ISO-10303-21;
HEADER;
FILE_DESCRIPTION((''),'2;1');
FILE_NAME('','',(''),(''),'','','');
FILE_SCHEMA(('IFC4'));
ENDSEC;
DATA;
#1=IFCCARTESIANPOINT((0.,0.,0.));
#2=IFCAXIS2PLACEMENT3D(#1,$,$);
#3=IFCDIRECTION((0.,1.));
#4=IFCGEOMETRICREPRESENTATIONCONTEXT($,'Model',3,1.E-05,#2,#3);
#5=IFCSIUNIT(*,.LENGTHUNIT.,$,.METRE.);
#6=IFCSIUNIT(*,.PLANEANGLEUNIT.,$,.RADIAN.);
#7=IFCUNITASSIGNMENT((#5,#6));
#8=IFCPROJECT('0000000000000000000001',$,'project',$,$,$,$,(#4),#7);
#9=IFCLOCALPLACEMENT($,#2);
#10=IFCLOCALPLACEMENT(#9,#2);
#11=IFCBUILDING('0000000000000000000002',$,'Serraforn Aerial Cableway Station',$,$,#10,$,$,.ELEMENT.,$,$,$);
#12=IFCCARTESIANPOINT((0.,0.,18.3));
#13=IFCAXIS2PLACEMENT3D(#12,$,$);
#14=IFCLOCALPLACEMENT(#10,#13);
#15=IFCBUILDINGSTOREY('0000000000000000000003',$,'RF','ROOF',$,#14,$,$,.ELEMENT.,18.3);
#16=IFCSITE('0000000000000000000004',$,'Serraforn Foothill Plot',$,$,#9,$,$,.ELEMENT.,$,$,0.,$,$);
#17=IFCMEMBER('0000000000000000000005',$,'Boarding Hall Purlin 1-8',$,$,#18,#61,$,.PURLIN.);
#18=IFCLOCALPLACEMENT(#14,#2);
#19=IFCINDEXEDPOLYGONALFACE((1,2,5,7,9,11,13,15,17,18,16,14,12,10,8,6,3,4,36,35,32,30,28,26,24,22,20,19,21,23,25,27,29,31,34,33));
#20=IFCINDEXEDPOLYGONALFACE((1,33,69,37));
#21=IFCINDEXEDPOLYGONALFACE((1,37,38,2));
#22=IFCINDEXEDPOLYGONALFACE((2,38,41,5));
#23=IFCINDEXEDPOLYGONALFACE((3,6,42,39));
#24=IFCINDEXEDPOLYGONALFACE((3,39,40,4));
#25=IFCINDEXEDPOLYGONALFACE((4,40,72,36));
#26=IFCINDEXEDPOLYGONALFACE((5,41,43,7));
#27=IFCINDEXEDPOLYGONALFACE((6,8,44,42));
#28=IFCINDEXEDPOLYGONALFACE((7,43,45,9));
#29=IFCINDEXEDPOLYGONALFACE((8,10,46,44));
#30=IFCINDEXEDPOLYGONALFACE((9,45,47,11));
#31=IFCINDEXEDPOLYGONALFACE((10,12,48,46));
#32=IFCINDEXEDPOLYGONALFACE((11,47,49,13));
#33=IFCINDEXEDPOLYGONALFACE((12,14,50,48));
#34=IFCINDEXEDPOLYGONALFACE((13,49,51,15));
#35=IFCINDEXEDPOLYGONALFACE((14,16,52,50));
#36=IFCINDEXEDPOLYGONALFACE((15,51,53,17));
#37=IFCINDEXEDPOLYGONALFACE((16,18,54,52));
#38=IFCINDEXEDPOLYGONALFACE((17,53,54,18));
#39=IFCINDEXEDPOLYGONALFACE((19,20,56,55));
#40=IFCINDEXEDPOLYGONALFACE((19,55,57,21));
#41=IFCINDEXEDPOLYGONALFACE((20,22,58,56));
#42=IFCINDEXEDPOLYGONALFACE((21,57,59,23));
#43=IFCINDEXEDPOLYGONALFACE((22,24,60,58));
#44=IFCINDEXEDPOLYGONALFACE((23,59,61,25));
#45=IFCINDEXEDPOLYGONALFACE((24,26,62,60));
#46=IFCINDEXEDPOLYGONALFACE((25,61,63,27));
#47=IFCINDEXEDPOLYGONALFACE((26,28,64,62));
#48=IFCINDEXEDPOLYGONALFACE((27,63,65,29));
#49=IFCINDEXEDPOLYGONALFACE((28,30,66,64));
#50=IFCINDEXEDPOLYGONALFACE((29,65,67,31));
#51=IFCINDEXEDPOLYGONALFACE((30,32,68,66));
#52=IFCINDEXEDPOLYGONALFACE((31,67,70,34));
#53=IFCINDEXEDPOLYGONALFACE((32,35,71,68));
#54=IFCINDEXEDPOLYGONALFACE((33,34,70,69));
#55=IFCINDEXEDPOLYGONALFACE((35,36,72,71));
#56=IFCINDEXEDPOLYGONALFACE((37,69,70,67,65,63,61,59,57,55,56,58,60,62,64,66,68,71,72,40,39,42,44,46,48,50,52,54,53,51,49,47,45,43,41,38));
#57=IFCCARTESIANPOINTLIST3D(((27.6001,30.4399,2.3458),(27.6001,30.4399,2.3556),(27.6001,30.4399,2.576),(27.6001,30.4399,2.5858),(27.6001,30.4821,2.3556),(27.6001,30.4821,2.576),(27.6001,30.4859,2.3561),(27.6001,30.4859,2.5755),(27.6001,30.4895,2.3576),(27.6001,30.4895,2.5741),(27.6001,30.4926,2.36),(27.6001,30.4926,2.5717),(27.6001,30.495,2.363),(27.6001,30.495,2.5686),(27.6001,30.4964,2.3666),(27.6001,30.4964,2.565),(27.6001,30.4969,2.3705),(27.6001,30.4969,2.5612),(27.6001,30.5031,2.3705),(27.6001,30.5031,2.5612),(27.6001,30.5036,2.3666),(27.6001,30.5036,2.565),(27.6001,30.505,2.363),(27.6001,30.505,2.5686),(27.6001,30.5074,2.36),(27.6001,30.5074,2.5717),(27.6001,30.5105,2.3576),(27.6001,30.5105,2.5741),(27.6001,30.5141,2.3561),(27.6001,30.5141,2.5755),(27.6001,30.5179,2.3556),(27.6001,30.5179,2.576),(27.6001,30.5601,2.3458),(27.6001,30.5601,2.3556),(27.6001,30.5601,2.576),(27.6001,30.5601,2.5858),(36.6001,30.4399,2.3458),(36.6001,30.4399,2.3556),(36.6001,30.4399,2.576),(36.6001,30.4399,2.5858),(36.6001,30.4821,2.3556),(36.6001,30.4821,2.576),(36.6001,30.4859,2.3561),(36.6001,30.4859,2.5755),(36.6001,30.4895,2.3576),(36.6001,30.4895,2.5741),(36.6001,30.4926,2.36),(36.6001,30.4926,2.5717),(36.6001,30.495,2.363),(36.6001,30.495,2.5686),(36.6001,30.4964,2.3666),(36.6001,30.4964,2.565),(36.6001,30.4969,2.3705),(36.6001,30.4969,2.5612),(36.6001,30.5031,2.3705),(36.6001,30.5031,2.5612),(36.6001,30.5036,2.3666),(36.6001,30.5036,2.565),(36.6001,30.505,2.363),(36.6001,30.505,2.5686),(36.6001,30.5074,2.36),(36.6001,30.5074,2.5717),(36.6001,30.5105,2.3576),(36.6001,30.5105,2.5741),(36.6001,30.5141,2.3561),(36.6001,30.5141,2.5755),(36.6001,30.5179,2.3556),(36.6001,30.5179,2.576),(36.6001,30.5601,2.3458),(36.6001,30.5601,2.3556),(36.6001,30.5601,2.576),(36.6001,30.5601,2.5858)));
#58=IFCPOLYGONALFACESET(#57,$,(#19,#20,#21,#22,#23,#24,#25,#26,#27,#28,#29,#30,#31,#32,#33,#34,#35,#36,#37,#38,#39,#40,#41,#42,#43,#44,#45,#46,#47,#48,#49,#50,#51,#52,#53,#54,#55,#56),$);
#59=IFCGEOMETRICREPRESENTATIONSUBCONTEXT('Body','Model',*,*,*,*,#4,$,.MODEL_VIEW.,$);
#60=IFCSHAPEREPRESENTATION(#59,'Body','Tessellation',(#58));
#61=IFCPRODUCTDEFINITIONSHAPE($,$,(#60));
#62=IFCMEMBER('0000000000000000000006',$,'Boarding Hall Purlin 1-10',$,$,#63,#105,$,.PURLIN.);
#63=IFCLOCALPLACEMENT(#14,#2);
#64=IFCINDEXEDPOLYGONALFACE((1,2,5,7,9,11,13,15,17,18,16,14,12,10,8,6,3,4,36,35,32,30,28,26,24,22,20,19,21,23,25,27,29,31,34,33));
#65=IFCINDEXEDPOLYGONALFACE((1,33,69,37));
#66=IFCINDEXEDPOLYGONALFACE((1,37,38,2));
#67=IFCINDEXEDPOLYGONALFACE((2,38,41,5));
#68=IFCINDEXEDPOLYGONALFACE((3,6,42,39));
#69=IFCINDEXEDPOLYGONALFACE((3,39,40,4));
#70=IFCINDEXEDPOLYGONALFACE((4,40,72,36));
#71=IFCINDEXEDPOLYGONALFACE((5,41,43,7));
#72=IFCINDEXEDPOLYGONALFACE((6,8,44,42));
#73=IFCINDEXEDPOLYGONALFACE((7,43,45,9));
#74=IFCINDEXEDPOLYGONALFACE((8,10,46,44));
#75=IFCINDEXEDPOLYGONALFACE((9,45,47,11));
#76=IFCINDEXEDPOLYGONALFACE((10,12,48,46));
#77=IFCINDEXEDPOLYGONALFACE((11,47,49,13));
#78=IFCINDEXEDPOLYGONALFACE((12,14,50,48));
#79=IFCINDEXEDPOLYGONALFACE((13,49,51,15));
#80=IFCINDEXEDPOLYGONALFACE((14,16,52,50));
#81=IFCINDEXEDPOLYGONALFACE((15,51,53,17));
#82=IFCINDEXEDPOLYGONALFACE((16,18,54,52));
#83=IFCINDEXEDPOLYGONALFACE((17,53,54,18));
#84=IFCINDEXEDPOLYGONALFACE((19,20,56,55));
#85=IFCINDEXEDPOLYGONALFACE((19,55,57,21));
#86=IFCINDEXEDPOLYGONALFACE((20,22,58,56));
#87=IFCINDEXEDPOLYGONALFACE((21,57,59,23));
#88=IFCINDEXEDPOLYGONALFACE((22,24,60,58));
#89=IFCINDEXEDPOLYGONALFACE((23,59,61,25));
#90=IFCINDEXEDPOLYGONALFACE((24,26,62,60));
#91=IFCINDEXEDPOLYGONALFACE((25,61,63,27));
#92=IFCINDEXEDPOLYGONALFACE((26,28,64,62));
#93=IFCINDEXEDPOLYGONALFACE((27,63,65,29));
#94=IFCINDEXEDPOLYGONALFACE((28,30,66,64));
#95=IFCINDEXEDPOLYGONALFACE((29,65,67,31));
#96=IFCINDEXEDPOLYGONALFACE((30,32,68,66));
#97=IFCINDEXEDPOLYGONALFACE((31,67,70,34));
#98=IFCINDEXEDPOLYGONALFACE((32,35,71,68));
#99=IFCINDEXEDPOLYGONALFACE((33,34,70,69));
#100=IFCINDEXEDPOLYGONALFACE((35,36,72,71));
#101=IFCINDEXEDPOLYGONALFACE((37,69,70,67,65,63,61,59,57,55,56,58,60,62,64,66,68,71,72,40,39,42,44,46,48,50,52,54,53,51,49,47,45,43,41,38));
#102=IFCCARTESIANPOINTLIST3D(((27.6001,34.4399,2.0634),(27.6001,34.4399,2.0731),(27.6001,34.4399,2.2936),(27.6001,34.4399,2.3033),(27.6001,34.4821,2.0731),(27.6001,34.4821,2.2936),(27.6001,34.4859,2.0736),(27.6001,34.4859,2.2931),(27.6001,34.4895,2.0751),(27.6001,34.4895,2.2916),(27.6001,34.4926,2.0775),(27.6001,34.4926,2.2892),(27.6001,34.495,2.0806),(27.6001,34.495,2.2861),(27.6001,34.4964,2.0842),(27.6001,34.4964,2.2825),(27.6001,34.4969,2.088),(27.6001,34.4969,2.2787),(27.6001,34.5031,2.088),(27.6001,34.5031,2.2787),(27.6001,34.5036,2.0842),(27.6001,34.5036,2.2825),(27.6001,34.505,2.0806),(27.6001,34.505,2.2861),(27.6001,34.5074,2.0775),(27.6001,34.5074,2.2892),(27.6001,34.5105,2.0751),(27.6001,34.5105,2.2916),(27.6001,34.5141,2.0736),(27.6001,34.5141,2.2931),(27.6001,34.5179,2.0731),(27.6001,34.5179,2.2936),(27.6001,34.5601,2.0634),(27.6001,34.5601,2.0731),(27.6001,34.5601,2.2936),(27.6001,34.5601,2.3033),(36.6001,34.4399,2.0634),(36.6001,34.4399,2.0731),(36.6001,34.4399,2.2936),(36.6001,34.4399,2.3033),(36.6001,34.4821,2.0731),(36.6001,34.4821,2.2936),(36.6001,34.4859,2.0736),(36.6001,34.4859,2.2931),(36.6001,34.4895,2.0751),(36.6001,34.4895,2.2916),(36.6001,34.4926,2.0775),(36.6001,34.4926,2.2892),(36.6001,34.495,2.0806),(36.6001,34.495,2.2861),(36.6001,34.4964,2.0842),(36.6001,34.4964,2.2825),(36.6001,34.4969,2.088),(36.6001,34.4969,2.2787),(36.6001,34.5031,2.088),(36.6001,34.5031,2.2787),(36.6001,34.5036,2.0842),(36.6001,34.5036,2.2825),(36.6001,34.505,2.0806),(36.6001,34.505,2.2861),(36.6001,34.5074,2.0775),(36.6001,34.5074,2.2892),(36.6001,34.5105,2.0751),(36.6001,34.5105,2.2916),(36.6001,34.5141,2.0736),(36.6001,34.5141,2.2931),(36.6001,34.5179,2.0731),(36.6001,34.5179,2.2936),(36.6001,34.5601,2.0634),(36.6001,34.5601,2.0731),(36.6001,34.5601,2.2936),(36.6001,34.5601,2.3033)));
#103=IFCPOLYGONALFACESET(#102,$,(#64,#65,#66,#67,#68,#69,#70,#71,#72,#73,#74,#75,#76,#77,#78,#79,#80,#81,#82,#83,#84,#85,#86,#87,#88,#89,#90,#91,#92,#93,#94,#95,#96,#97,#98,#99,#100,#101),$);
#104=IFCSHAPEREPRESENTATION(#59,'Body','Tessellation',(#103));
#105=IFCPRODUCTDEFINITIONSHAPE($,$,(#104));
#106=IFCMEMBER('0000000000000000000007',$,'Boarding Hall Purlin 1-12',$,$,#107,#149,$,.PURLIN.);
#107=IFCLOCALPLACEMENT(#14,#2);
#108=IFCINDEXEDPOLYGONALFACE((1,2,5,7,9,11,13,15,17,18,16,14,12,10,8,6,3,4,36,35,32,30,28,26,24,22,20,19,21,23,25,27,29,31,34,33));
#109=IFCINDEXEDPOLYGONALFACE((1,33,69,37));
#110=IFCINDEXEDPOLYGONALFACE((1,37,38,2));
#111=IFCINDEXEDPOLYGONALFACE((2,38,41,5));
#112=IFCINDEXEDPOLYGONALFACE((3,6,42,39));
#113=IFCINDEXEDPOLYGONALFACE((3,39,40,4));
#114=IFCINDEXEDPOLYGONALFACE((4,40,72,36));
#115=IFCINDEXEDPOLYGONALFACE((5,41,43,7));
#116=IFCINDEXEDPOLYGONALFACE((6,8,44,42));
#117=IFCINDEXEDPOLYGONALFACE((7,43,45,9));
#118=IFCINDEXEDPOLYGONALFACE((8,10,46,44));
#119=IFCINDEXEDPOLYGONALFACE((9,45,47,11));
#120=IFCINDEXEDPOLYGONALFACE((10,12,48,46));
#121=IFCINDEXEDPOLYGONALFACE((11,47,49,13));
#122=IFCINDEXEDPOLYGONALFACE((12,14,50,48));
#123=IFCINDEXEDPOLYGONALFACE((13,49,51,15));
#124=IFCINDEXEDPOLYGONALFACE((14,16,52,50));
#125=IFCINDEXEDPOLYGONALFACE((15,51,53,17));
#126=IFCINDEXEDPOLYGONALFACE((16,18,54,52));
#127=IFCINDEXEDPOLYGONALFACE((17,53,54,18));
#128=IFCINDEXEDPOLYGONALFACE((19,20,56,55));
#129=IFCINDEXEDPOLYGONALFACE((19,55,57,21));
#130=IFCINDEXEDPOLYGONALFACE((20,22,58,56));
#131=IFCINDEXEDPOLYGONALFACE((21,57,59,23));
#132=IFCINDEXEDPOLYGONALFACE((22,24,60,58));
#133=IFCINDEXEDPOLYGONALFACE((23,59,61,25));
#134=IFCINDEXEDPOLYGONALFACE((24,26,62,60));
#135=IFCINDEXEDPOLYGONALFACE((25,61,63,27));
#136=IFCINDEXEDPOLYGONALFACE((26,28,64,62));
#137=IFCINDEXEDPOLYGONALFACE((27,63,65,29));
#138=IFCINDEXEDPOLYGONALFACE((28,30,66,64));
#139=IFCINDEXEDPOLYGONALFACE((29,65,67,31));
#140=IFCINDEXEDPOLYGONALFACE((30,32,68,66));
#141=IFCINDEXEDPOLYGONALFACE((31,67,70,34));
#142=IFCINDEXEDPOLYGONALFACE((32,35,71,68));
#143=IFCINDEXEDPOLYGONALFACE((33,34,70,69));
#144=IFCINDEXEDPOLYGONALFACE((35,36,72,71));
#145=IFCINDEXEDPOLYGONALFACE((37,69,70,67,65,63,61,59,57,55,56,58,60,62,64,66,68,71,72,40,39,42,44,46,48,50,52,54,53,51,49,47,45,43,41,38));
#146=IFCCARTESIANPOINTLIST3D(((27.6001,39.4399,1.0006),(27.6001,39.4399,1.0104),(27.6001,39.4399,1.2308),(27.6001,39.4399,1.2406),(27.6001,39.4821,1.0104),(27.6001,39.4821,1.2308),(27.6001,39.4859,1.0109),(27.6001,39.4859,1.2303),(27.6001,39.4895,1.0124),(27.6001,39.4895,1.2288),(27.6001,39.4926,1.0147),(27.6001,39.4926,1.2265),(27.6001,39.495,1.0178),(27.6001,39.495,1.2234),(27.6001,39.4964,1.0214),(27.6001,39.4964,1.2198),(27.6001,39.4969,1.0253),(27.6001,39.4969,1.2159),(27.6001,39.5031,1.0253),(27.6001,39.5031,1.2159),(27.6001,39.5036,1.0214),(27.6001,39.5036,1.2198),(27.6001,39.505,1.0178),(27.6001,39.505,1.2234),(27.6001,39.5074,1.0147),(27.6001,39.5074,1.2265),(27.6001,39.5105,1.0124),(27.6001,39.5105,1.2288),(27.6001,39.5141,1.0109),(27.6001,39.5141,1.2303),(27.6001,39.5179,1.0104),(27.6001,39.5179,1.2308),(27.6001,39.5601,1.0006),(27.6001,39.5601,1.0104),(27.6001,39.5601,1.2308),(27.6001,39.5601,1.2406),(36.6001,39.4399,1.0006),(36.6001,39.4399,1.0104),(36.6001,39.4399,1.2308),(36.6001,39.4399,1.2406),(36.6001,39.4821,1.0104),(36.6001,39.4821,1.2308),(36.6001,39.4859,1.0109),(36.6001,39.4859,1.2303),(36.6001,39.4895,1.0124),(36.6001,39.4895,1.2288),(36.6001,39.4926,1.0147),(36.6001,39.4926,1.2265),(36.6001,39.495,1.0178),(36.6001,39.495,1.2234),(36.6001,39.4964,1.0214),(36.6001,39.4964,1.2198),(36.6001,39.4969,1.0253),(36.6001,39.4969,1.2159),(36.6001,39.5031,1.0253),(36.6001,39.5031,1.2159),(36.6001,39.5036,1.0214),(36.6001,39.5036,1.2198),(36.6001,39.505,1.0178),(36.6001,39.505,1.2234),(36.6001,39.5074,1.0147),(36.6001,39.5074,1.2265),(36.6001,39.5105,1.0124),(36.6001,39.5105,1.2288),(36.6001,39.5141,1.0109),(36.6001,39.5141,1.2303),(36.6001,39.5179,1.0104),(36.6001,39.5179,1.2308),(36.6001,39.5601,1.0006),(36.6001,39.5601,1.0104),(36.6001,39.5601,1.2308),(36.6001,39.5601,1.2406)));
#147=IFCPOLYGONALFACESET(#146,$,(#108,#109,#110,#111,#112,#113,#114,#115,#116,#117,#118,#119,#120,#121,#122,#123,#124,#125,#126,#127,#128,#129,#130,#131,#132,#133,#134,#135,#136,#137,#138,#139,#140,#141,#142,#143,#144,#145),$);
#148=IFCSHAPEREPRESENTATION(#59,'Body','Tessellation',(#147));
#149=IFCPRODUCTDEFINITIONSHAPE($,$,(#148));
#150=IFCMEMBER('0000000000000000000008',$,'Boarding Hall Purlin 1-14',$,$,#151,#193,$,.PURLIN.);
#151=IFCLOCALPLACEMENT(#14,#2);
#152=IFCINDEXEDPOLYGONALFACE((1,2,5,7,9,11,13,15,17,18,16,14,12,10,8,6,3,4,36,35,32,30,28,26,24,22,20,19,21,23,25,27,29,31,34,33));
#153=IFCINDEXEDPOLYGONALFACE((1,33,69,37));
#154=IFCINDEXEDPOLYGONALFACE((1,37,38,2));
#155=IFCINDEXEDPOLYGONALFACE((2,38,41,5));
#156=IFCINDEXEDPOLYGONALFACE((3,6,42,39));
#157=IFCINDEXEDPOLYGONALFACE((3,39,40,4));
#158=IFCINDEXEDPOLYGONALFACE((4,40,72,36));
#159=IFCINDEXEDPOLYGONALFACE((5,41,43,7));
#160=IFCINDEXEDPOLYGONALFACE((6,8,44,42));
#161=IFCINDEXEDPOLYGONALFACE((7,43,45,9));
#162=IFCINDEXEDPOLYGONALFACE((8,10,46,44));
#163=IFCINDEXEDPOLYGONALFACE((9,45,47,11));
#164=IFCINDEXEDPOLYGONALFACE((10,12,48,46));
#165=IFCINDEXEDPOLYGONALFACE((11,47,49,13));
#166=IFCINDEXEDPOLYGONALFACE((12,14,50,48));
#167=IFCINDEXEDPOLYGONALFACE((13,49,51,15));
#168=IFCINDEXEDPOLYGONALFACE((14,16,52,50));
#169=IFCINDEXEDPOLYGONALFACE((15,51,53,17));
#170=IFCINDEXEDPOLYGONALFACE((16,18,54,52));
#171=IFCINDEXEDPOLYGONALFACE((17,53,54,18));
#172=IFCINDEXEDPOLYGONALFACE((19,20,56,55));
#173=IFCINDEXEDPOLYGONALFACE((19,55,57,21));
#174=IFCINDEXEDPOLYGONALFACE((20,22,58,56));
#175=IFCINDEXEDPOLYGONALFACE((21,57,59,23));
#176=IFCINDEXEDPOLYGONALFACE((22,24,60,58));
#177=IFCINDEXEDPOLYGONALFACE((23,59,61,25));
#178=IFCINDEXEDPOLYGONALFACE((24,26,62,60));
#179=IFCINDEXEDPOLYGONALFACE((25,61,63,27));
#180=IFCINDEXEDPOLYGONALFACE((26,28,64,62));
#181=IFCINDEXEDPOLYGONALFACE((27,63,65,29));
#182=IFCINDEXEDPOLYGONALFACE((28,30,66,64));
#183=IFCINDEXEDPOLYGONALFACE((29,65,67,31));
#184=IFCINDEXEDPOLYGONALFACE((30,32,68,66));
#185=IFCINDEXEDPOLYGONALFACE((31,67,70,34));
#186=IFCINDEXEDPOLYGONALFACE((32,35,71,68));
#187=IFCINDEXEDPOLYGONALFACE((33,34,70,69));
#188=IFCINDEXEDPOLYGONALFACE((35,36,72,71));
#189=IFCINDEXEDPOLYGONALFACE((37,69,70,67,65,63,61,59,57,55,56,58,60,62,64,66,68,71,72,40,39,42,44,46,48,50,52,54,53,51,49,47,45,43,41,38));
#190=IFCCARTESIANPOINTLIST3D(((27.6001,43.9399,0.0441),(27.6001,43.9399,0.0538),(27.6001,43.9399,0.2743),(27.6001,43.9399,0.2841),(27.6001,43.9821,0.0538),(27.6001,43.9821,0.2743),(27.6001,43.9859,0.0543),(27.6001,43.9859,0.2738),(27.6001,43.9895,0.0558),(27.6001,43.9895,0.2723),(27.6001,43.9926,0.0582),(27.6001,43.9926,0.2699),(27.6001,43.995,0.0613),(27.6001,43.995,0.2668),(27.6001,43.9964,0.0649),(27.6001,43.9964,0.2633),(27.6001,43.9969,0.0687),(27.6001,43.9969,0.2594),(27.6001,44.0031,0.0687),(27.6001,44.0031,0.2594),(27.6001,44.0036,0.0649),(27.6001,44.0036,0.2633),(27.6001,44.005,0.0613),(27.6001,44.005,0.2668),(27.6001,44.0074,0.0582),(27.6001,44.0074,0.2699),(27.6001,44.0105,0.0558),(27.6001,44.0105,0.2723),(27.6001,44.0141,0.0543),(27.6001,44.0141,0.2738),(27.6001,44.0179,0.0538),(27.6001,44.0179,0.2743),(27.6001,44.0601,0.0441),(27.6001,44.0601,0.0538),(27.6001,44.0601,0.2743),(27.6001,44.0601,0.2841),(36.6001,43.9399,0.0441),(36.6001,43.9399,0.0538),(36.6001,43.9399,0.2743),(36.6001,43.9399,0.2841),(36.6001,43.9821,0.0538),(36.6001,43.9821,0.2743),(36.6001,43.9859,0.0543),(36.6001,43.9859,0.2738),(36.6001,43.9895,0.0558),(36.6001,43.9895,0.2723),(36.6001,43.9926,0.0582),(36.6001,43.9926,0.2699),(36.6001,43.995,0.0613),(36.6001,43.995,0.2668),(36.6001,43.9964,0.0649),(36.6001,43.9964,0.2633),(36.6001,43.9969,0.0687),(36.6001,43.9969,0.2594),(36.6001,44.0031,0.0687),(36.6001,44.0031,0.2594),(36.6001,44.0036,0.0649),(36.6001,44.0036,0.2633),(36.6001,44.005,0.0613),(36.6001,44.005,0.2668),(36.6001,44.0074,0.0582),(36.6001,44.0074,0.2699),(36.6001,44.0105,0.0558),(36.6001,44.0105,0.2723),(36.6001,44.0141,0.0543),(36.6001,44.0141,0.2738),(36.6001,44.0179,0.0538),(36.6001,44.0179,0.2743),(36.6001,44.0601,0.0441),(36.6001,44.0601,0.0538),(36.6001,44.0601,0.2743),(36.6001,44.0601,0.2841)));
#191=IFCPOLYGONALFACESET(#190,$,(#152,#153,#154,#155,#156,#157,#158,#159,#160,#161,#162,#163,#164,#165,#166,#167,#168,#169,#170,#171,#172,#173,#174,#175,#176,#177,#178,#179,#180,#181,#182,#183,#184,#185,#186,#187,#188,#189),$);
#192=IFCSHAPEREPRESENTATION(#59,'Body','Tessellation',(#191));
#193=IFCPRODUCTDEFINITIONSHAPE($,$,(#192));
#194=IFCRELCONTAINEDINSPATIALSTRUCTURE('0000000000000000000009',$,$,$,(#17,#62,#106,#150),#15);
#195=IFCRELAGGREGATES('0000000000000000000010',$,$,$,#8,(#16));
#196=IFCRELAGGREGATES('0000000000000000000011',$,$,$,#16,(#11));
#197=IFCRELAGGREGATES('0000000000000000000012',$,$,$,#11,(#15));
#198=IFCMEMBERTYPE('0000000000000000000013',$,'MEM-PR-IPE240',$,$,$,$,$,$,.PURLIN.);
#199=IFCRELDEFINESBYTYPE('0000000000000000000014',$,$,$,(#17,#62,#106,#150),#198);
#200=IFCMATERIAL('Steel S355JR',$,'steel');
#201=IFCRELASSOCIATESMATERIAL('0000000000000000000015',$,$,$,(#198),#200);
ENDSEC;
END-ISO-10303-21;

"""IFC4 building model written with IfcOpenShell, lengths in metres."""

from ifc_helpers import new_model, si_unit, direction, frame, origin, origin_2d, place, context, subcontext, project, spatial, i_section, extrude, material, material_profile, profile_set, type_object, element, save


model = new_model("IFC4")

# Units and contexts
model_context = context("Model", 3, precision=1e-05, world=origin(), true_north=direction((0.0, 1.0)))
body_context = subcontext(model_context, "Body", "Model", "MODEL_VIEW")
ifc_project = project(units=[si_unit("LENGTHUNIT", "METRE"), si_unit("PLANEANGLEUNIT", "RADIAN")], contexts=[model_context])

# Site, building, storey
site_placement = place(None, origin())
site = spatial("IfcSite", under=ifc_project, at=site_placement, Name="Serraforn Foothill Plot", CompositionType="ELEMENT", RefElevation=0.0)
building_placement = place(site_placement, origin())
building = spatial("IfcBuilding", under=site, at=building_placement, Name="Serraforn Aerial Cableway Station", CompositionType="ELEMENT")
storey_placement = place(building_placement, frame((0.0, 0.0, 18.3)))
storey = spatial("IfcBuildingStorey", under=building, at=storey_placement, Name="RF", Description="ROOF", CompositionType="ELEMENT", Elevation=18.3)

# Members
ifc_material_1 = material(Name="Steel S355JR", Category="steel")
ifc_material_profile_1 = material_profile(ifc_material_1, i_section(OverallWidth=0.1201, OverallDepth=0.24, WebThickness=0.0061, FlangeThickness=0.0098, FilletRadius=0.0149, at=origin_2d()), Name="IPE 240")
ifc_profile_set_1 = profile_set([ifc_material_profile_1], Name="Steel S355JR")
member_type_1 = type_object("IfcMemberType", Name="MEM-PR-IPE240", PredefinedType="PURLIN", material=ifc_profile_set_1)
for number, where, z_axis, x_axis, name in (
    (1, (27.6001, 30.5, 2.4658), (1.0, 0.0, 0.0), (0.0, 1.0, 0.0), "Boarding Hall Purlin 1-8"),
    (2, (27.6001, 34.5, 2.1833), (1.0, 0.0, 0.0), (0.0, 1.0, 0.0), "Boarding Hall Purlin 1-10"),
    (3, (27.6001, 39.5, 1.1206), (1.0, 0.0, 0.0), (0.0, 1.0, 0.0), "Boarding Hall Purlin 1-12"),
    (4, (27.6001, 44.0, 0.1641), (1.0, 0.0, 0.0), (0.0, 1.0, 0.0), "Boarding Hall Purlin 1-14"),
):
    element("IfcMember", number, at=place(storey_placement, frame(where, z_axis=z_axis, x_axis=x_axis)), inside=storey, type_object=member_type_1, Name=name, PredefinedType="PURLIN", context=body_context, shape_type="SweptSolid", body=[
        extrude(i_section(OverallWidth=0.1201, OverallDepth=0.24, WebThickness=0.0061, FlangeThickness=0.0098, FilletRadius=0.0149, at=origin_2d()), origin(), (0.0, 0.0, 1.0), 9.0),
    ])

save(model, "model.ifc")
